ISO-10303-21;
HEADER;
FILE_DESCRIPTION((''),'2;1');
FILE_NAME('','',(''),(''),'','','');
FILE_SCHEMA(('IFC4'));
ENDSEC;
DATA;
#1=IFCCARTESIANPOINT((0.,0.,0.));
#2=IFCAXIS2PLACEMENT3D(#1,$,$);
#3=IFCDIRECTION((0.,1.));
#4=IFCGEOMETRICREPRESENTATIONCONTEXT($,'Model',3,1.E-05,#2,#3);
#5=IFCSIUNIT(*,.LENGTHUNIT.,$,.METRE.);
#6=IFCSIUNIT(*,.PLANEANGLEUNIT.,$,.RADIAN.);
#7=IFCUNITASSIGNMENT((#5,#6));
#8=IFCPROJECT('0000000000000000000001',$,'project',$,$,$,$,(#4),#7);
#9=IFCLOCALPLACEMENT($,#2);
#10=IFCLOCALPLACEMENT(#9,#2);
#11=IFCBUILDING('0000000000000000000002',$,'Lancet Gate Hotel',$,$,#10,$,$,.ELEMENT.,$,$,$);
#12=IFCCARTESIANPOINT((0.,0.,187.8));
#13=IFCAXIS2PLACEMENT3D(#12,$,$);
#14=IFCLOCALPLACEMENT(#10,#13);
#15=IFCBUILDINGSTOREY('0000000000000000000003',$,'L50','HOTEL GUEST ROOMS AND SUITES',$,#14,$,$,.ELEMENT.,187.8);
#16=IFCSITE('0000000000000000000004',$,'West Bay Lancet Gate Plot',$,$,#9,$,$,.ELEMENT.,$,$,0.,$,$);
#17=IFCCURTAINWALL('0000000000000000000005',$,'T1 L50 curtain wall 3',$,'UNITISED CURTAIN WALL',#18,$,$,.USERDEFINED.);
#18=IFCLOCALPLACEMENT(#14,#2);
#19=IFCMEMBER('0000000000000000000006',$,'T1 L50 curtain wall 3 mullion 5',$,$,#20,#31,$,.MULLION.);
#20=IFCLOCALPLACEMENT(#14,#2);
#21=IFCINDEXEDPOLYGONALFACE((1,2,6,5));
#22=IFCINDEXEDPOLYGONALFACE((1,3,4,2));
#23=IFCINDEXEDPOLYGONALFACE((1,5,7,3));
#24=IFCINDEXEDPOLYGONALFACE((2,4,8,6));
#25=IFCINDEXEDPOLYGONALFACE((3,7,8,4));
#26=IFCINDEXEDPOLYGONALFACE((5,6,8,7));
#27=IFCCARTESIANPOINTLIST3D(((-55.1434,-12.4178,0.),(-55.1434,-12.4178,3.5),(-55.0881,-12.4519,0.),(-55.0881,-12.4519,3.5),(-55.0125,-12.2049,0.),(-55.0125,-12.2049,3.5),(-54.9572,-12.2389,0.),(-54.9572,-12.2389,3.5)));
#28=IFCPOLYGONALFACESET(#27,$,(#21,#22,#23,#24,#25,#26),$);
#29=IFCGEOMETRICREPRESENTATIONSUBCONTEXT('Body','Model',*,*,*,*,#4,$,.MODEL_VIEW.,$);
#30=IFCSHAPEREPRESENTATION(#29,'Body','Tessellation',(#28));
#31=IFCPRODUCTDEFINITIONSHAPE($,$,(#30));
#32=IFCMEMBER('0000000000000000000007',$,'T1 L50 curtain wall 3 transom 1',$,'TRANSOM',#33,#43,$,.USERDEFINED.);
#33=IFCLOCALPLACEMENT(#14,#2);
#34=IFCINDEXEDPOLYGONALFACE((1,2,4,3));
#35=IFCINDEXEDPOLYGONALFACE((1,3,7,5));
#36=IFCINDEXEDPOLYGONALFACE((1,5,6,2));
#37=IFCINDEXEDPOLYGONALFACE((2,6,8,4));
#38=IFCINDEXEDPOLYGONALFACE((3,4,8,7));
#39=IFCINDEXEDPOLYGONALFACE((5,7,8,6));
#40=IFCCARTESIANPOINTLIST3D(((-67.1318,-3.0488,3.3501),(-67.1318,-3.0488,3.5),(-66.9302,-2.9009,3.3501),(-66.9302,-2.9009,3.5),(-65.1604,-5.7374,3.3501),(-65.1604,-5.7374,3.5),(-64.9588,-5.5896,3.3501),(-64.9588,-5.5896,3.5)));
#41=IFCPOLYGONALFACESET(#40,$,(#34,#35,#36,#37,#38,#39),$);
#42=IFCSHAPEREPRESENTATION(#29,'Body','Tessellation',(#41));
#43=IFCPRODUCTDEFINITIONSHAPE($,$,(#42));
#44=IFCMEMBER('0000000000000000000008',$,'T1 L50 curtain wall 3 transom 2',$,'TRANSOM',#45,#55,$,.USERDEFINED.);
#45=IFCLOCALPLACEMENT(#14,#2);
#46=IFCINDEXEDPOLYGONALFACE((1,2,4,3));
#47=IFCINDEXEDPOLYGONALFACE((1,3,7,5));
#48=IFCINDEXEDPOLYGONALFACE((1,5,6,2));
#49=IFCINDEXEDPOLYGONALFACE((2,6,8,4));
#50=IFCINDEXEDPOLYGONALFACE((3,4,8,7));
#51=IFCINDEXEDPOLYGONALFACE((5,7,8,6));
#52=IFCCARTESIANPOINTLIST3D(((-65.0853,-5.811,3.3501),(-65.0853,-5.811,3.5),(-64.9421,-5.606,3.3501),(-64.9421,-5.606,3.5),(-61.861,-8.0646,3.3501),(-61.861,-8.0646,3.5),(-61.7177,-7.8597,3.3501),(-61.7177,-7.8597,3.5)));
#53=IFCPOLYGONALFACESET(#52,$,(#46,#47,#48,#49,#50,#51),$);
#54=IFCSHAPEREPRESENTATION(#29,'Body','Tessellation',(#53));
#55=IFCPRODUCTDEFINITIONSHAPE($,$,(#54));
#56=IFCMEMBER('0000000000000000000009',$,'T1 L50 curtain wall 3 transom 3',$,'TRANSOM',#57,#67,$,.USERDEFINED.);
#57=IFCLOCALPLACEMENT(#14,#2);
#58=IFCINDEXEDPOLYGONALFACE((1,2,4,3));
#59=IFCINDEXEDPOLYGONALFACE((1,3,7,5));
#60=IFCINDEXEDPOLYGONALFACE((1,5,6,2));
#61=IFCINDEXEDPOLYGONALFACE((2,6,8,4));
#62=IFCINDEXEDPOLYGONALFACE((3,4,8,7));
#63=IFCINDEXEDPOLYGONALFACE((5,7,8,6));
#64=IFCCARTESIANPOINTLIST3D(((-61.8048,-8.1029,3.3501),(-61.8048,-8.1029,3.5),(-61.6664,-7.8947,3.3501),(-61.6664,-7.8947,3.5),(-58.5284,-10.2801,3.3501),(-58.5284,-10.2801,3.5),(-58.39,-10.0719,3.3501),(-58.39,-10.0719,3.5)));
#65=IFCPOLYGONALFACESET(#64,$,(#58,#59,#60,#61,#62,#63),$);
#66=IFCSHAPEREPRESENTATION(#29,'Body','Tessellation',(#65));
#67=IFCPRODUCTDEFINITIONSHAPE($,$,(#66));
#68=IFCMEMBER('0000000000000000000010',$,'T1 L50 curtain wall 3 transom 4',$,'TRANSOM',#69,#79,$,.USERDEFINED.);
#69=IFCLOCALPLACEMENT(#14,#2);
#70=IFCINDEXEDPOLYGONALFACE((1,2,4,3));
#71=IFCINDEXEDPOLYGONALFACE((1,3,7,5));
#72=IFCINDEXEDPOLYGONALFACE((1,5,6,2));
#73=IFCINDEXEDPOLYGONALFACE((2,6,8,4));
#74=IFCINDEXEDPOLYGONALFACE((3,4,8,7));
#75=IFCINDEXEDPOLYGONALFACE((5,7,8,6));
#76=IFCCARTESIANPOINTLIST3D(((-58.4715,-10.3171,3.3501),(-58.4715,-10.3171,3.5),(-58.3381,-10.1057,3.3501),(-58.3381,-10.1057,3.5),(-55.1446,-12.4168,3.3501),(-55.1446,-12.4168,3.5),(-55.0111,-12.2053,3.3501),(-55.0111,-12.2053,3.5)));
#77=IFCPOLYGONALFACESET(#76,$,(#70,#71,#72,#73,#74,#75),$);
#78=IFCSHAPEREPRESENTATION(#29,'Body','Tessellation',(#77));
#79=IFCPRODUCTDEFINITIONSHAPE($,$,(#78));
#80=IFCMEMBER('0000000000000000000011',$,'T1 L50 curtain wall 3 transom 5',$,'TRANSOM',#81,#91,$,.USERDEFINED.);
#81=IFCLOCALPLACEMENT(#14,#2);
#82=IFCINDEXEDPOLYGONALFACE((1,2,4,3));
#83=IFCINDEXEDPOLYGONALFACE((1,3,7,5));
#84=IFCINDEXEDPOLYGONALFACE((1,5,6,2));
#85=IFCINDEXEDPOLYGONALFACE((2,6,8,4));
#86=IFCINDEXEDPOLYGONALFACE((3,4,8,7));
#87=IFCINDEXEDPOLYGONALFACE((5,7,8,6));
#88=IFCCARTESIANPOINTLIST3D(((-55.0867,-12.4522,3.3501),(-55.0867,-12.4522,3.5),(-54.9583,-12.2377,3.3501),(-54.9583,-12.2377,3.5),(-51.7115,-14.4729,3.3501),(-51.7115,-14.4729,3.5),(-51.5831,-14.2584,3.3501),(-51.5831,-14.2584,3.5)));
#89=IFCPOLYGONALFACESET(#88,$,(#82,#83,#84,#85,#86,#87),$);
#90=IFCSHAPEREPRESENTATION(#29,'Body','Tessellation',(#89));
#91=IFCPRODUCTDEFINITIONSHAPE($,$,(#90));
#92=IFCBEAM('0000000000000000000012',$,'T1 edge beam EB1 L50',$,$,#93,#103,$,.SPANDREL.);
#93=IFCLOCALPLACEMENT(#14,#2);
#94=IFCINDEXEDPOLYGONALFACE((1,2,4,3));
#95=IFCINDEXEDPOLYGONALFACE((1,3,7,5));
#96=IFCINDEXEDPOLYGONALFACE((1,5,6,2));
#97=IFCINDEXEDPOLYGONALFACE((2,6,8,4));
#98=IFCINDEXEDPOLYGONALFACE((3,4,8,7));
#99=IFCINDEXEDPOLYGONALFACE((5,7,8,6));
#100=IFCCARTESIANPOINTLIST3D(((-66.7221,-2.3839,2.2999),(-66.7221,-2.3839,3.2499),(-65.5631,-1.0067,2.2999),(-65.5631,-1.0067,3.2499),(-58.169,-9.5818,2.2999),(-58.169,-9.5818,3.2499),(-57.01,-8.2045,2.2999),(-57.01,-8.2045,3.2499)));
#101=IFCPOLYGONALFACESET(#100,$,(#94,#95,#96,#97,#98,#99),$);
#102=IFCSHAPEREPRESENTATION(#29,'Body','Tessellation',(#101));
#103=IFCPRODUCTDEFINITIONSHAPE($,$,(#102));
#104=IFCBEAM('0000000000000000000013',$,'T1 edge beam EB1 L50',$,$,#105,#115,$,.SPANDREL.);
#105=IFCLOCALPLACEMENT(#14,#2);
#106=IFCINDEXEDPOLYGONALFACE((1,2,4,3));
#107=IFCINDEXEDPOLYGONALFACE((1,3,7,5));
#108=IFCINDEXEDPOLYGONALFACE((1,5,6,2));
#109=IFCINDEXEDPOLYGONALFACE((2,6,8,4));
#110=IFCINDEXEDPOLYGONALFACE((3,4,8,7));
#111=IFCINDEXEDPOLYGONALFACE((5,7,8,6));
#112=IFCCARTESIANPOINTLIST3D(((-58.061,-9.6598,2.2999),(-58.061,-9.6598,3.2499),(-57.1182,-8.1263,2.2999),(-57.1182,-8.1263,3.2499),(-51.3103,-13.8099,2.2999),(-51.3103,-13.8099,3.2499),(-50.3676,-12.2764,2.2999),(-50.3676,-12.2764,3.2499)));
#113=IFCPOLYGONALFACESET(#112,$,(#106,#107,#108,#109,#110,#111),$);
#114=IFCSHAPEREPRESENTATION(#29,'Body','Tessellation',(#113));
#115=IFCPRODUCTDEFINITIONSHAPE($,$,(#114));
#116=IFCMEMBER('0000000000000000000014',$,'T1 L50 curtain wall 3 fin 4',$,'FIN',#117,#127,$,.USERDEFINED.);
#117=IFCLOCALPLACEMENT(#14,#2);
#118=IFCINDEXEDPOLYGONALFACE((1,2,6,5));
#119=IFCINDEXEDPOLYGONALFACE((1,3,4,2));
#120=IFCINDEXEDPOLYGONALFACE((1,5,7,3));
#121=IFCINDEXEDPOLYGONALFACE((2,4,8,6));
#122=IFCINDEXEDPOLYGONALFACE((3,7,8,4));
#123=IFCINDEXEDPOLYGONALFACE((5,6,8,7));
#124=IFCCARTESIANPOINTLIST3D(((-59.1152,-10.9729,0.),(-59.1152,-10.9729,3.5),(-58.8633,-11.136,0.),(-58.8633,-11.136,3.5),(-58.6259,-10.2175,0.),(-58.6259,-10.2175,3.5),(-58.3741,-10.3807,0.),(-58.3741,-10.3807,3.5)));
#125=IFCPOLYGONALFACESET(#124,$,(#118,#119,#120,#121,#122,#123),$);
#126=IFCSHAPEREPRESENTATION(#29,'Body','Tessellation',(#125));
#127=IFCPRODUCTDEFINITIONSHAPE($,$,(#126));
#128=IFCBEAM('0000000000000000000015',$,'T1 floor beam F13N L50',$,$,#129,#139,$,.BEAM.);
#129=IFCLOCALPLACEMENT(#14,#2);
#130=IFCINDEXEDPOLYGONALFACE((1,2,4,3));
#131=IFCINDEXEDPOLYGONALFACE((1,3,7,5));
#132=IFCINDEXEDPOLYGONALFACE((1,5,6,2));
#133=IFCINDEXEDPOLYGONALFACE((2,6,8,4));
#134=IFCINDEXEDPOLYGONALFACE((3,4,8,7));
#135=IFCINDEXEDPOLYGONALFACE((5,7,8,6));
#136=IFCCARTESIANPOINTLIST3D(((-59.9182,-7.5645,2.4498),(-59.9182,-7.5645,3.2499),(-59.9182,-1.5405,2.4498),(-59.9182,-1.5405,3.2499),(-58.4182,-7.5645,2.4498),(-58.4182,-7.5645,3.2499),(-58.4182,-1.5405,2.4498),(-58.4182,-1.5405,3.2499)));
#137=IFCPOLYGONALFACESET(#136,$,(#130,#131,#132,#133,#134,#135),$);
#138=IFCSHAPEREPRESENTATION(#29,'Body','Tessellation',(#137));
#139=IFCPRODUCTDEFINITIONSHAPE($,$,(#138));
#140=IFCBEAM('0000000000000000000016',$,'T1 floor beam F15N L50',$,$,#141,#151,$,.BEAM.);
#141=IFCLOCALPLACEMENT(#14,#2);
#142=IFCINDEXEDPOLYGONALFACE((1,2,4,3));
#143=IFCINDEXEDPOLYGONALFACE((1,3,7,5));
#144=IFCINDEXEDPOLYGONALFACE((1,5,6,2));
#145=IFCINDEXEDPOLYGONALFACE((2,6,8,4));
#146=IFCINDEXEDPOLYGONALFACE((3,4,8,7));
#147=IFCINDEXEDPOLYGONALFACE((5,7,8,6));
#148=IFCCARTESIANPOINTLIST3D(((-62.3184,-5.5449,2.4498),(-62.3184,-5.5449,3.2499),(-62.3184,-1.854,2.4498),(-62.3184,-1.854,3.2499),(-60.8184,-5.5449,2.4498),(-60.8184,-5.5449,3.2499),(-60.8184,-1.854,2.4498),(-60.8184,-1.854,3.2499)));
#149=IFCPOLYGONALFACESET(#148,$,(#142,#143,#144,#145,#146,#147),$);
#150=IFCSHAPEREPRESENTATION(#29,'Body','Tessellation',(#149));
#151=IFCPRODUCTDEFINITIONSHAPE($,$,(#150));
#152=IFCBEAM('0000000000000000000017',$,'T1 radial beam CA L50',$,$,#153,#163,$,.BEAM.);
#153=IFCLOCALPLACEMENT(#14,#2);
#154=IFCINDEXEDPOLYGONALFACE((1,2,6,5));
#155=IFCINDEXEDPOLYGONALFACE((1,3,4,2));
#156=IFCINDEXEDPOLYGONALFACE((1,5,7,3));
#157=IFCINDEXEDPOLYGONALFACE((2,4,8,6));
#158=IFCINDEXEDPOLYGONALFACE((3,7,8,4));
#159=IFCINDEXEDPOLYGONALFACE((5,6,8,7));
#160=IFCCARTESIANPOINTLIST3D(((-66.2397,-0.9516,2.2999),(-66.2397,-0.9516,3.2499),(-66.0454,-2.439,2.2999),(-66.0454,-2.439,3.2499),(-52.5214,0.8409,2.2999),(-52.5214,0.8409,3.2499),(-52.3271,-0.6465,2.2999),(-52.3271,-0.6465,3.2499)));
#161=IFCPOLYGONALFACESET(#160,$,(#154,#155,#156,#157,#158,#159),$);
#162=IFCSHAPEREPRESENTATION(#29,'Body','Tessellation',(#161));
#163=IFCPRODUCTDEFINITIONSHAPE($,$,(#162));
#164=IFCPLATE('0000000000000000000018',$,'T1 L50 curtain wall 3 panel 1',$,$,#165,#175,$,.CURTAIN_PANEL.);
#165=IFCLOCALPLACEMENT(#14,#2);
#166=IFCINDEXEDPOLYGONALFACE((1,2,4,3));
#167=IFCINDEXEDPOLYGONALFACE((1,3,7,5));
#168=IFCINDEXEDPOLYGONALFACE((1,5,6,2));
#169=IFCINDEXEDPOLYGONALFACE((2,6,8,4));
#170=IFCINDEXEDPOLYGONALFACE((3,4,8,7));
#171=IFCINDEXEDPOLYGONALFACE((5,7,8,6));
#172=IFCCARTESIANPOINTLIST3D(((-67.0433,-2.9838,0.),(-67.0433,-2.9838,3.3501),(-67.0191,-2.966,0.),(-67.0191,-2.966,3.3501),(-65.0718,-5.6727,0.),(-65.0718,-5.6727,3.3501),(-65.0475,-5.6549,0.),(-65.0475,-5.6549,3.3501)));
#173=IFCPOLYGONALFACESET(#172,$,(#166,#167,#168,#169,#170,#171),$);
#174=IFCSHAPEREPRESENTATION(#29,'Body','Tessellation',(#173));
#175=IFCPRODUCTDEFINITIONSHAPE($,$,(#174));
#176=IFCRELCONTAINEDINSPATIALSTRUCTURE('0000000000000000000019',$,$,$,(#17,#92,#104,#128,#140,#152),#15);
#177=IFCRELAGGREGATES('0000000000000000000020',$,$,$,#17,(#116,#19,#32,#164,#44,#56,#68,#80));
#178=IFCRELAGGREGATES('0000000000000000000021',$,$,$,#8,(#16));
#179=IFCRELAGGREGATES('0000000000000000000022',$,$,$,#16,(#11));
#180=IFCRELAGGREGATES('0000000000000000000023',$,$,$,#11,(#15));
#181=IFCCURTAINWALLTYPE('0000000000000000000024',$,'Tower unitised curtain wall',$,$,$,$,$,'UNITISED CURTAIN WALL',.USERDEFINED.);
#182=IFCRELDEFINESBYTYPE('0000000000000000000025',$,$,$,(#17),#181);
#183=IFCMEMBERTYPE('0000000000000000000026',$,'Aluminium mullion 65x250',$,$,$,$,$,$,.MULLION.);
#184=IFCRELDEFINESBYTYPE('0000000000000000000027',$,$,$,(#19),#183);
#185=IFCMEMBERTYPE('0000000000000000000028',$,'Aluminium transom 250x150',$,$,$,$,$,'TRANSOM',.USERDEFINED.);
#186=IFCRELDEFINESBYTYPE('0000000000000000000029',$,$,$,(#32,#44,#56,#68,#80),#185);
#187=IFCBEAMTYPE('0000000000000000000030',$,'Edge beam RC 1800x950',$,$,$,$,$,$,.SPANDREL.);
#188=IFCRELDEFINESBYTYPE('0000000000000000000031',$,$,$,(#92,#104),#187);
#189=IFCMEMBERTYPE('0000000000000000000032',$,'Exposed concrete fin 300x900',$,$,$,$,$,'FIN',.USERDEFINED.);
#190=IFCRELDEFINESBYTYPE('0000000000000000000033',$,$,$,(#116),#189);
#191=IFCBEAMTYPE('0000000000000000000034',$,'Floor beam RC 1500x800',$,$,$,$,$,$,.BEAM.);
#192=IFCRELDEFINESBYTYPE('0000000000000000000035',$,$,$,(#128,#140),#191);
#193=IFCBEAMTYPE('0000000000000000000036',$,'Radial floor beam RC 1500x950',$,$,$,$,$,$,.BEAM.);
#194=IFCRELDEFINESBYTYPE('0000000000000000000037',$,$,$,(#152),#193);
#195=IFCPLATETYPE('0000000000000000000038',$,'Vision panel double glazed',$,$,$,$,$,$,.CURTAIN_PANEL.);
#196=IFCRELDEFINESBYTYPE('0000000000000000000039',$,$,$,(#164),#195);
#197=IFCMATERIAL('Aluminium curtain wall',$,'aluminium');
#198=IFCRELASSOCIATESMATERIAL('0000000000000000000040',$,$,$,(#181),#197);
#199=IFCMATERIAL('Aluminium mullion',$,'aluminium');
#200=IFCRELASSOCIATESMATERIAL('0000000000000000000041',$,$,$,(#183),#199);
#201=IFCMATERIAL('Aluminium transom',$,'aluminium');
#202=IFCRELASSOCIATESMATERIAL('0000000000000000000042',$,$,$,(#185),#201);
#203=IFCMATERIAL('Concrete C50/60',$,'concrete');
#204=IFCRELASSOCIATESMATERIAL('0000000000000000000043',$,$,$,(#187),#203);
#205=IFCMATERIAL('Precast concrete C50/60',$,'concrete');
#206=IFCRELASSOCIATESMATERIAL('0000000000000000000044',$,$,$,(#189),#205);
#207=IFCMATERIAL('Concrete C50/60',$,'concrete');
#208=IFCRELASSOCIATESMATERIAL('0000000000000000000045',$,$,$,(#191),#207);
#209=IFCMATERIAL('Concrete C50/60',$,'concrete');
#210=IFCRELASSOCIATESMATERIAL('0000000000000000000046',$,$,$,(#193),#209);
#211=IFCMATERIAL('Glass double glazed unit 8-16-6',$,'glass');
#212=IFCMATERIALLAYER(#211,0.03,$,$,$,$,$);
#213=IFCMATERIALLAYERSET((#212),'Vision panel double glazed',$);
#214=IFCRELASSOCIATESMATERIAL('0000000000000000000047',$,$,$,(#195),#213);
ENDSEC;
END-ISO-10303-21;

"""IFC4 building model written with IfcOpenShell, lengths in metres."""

from ifc_helpers import new_model, si_unit, direction, frame, origin, origin_2d, place, context, subcontext, project, spatial, rectangle, extrude, material, layer, layer_set, material_profile, profile_set, type_object, element, aggregate, save


model = new_model("IFC4")

# Units and contexts
model_context = context("Model", 3, precision=1e-05, world=origin(), true_north=direction((0.0, 1.0)))
body_context = subcontext(model_context, "Body", "Model", "MODEL_VIEW")
ifc_project = project(units=[si_unit("LENGTHUNIT", "METRE"), si_unit("PLANEANGLEUNIT", "RADIAN")], contexts=[model_context])

# Site, building, storey
site_placement = place(None, origin())
site = spatial("IfcSite", under=ifc_project, at=site_placement, Name="West Bay Lancet Gate Plot", CompositionType="ELEMENT", RefElevation=0.0)
building_placement = place(site_placement, origin())
building = spatial("IfcBuilding", under=site, at=building_placement, Name="Lancet Gate Hotel", CompositionType="ELEMENT")
storey_placement = place(building_placement, frame((0.0, 0.0, 187.8)))
storey = spatial("IfcBuildingStorey", under=building, at=storey_placement, Name="L50", Description="HOTEL GUEST ROOMS AND SUITES", CompositionType="ELEMENT", Elevation=187.8)

# Curtain wall, members
ifc_material_1 = material(Name="Aluminium curtain wall", Category="aluminium")
curtain_wall_type = type_object("IfcCurtainWallType", Name="Tower unitised curtain wall", ElementType="UNITISED CURTAIN WALL", PredefinedType="USERDEFINED", material=ifc_material_1)
curtain_wall_placement = place(storey_placement, origin())
curtain_wall = element("IfcCurtainWall", 1, at=curtain_wall_placement, inside=storey, type_object=curtain_wall_type, Name="T1 L50 curtain wall 3", ObjectType="UNITISED CURTAIN WALL", PredefinedType="USERDEFINED")
ifc_material_2 = material(Name="Aluminium mullion", Category="aluminium")
ifc_material_profile_1 = material_profile(ifc_material_2, rectangle(XDim=0.0649, YDim=0.25, at=origin_2d()), Name="MULLION 65x250")
ifc_profile_set_1 = profile_set([ifc_material_profile_1], Name="Aluminium mullion")
member_type_1 = type_object("IfcMemberType", Name="Aluminium mullion 65x250", PredefinedType="MULLION", material=ifc_profile_set_1)
member_1_placement = place(storey_placement, frame((-55.0503, -12.3284, 0.0), z_axis=(0.0, 0.0, 1.0), x_axis=(0.851886, -0.523728, 0.0)))
member_1 = element("IfcMember", 2, at=member_1_placement, type_object=member_type_1, Name="T1 L50 curtain wall 3 mullion 5", PredefinedType="MULLION", context=body_context, shape_type="SweptSolid", body=[
    extrude(rectangle(XDim=0.0649, YDim=0.25, at=origin_2d()), origin(), (0.0, 0.0, 1.0), 3.5),
])
ifc_material_3 = material(Name="Aluminium transom", Category="aluminium")
ifc_material_profile_2 = material_profile(ifc_material_3, rectangle(XDim=0.25, YDim=0.1499, at=origin_2d()), Name="TRANSOM 250x150")
ifc_profile_set_2 = profile_set([ifc_material_profile_2], Name="Aluminium transom")
member_type_2 = type_object("IfcMemberType", Name="Aluminium transom 250x150", ElementType="TRANSOM", PredefinedType="USERDEFINED", material=ifc_profile_set_2)
member_2_placement = place(storey_placement, frame((-67.031, -2.9749, 3.425), z_axis=(0.591307, -0.806447, 0.0), x_axis=(0.806447, 0.591307, 0.0)))
member_2 = element("IfcMember", 3, at=member_2_placement, type_object=member_type_2, Name="T1 L50 curtain wall 3 transom 1", ObjectType="TRANSOM", PredefinedType="USERDEFINED", context=body_context, shape_type="SweptSolid", body=[
    extrude(rectangle(XDim=0.25, YDim=0.1499, at=origin_2d()), origin(), (0.0, 0.0, 1.0), 3.334),
])
member_3_placement = place(storey_placement, frame((-65.0137, -5.7085, 3.425), z_axis=(0.819637, -0.572883, 0.0), x_axis=(0.572883, 0.819637, 0.0)))
member_3 = element("IfcMember", 4, at=member_3_placement, type_object=member_type_2, Name="T1 L50 curtain wall 3 transom 2", ObjectType="TRANSOM", PredefinedType="USERDEFINED", context=body_context, shape_type="SweptSolid", body=[
    extrude(rectangle(XDim=0.25, YDim=0.1499, at=origin_2d()), origin(), (0.0, 0.0, 1.0), 3.9338),
])
member_4_placement = place(storey_placement, frame((-61.7356, -7.9988, 3.425), z_axis=(0.832871, -0.553468, 0.0), x_axis=(0.553468, 0.832871, 0.0)))
member_4 = element("IfcMember", 5, at=member_4_placement, type_object=member_type_2, Name="T1 L50 curtain wall 3 transom 3", ObjectType="TRANSOM", PredefinedType="USERDEFINED", context=body_context, shape_type="SweptSolid", body=[
    extrude(rectangle(XDim=0.25, YDim=0.1499, at=origin_2d()), origin(), (0.0, 0.0, 1.0), 3.9338),
])
member_5_placement = place(storey_placement, frame((-58.4048, -10.2114, 3.425), z_axis=(0.845672, -0.533703, 0.0), x_axis=(0.533703, 0.845672, 0.0)))
member_5 = element("IfcMember", 6, at=member_5_placement, type_object=member_type_2, Name="T1 L50 curtain wall 3 transom 4", ObjectType="TRANSOM", PredefinedType="USERDEFINED", context=body_context, shape_type="SweptSolid", body=[
    extrude(rectangle(XDim=0.25, YDim=0.1499, at=origin_2d()), origin(), (0.0, 0.0, 1.0), 3.9341),
])
member_6_placement = place(storey_placement, frame((-55.0225, -12.345, 3.425), z_axis=(0.857985, -0.513674, 0.0), x_axis=(0.513674, 0.857985, 0.0)))
member_6 = element("IfcMember", 7, at=member_6_placement, type_object=member_type_2, Name="T1 L50 curtain wall 3 transom 5", ObjectType="TRANSOM", PredefinedType="USERDEFINED", context=body_context, shape_type="SweptSolid", body=[
    extrude(rectangle(XDim=0.25, YDim=0.1499, at=origin_2d()), origin(), (0.0, 0.0, 1.0), 3.9338),
])

# Beams
ifc_material_4 = material(Name="Concrete C50/60", Category="concrete")
ifc_material_profile_3 = material_profile(ifc_material_4, rectangle(XDim=1.8, YDim=0.95, at=origin_2d()), Name="RC 1800x950")
ifc_profile_set_3 = profile_set([ifc_material_profile_3], Name="Concrete C50/60")
beam_type_1 = type_object("IfcBeamType", Name="Edge beam RC 1800x950", PredefinedType="SPANDREL", material=ifc_profile_set_3)
beam_1_placement = place(storey_placement, frame((-66.1426, -1.6953, 2.7749), z_axis=(0.765121, -0.643887, 0.0), x_axis=(0.643887, 0.765121, 0.0)))
element("IfcBeam", 8, at=beam_1_placement, inside=storey, type_object=beam_type_1, Name="T1 edge beam EB1 L50", PredefinedType="SPANDREL", context=body_context, shape_type="SweptSolid", body=[
    extrude(rectangle(XDim=1.8, YDim=0.95, at=origin_2d()), origin(), (0.0, 0.0, 1.0), 11.1787),
])
beam_2_placement = place(storey_placement, frame((-57.5896, -8.8931, 2.7749), z_axis=(0.851892, -0.523717, 0.0), x_axis=(0.523717, 0.851892, 0.0)))
element("IfcBeam", 9, at=beam_2_placement, inside=storey, type_object=beam_type_1, Name="T1 edge beam EB1 L50", PredefinedType="SPANDREL", context=body_context, shape_type="SweptSolid", body=[
    extrude(rectangle(XDim=1.8, YDim=0.95, at=origin_2d()), origin(), (0.0, 0.0, 1.0), 7.9243),
])

# Member
ifc_material_5 = material(Name="Precast concrete C50/60", Category="concrete")
ifc_material_profile_4 = material_profile(ifc_material_5, rectangle(XDim=0.3, YDim=0.8999, at=origin_2d()), Name="FIN 300x900")
ifc_profile_set_4 = profile_set([ifc_material_profile_4], Name="Precast concrete C50/60")
member_type_3 = type_object("IfcMemberType", Name="Exposed concrete fin 300x900", ElementType="FIN", PredefinedType="USERDEFINED", material=ifc_profile_set_4)
member_7_placement = place(storey_placement, frame((-58.7446, -10.6768, 0.0), z_axis=(0.0, 0.0, 1.0), x_axis=(0.839331, -0.543621, 0.0)))
member_7 = element("IfcMember", 10, at=member_7_placement, type_object=member_type_3, Name="T1 L50 curtain wall 3 fin 4", ObjectType="FIN", PredefinedType="USERDEFINED", context=body_context, shape_type="SweptSolid", body=[
    extrude(rectangle(XDim=0.3, YDim=0.8999, at=origin_2d()), origin(), (0.0, 0.0, 1.0), 3.5),
])

# Beams
ifc_material_6 = material(Name="Concrete C50/60", Category="concrete")
ifc_material_profile_5 = material_profile(ifc_material_6, rectangle(XDim=1.5, YDim=0.8, at=origin_2d()), Name="RC 1500x800")
ifc_profile_set_5 = profile_set([ifc_material_profile_5], Name="Concrete C50/60")
beam_type_2 = type_object("IfcBeamType", Name="Floor beam RC 1500x800", PredefinedType="BEAM", material=ifc_profile_set_5)
beam_3_placement = place(storey_placement, frame((-59.1682, -1.5405, 2.8499), z_axis=(0.0, -1.0, 0.0), x_axis=(1.0, 0.0, 0.0)))
element("IfcBeam", 11, at=beam_3_placement, inside=storey, type_object=beam_type_2, Name="T1 floor beam F13N L50", PredefinedType="BEAM", context=body_context, shape_type="SweptSolid", body=[
    extrude(rectangle(XDim=1.5, YDim=0.8, at=origin_2d()), origin(), (0.0, 0.0, 1.0), 6.0239),
])
beam_4_placement = place(storey_placement, frame((-61.5684, -1.854, 2.8499), z_axis=(0.0, -1.0, 0.0), x_axis=(1.0, 0.0, 0.0)))
element("IfcBeam", 12, at=beam_4_placement, inside=storey, type_object=beam_type_2, Name="T1 floor beam F15N L50", PredefinedType="BEAM", context=body_context, shape_type="SweptSolid", body=[
    extrude(rectangle(XDim=1.5, YDim=0.8, at=origin_2d()), origin(), (0.0, 0.0, 1.0), 3.6909),
])
ifc_material_7 = material(Name="Concrete C50/60", Category="concrete")
ifc_material_profile_6 = material_profile(ifc_material_7, rectangle(XDim=1.5, YDim=0.95, at=origin_2d()), Name="RC 1500x950")
ifc_profile_set_6 = profile_set([ifc_material_profile_6], Name="Concrete C50/60")
beam_type_3 = type_object("IfcBeamType", Name="Radial floor beam RC 1500x950", PredefinedType="BEAM", material=ifc_profile_set_6)
beam_5_placement = place(storey_placement, frame((-66.1426, -1.6953, 2.7749), z_axis=(0.991571, 0.129562, 0.0), x_axis=(-0.129562, 0.991571, 0.0)))
element("IfcBeam", 13, at=beam_5_placement, inside=storey, type_object=beam_type_3, Name="T1 radial beam CA L50", PredefinedType="BEAM", context=body_context, shape_type="SweptSolid", body=[
    extrude(rectangle(XDim=1.5, YDim=0.95, at=origin_2d()), origin(), (0.0, 0.0, 1.0), 13.835),
])

# Plate
ifc_material_8 = material(Name="Glass double glazed unit 8-16-6", Category="glass")
ifc_layer_1 = layer(ifc_material_8, 0.03)
ifc_layer_set_1 = layer_set([ifc_layer_1], Name="Vision panel double glazed")
plate_type = type_object("IfcPlateType", Name="Vision panel double glazed", PredefinedType="CURTAIN_PANEL", material=ifc_layer_set_1)
plate_1_placement = place(storey_placement, frame((-66.0454, -4.3193, 0.0), z_axis=(0.0, 0.0, 1.0), x_axis=(0.5913, -0.806452, 0.0)))
plate_1 = element("IfcPlate", 14, at=plate_1_placement, type_object=plate_type, Name="T1 L50 curtain wall 3 panel 1", PredefinedType="CURTAIN_PANEL", context=body_context, shape_type="SweptSolid", body=[
    extrude(rectangle(XDim=3.3342, YDim=0.03, at=origin_2d()), origin(), (0.0, 0.0, 1.0), 3.3501),
])
aggregate(curtain_wall, [member_7, member_1, member_2, plate_1, member_3, member_4, member_5, member_6])

save(model, "model.ifc")
